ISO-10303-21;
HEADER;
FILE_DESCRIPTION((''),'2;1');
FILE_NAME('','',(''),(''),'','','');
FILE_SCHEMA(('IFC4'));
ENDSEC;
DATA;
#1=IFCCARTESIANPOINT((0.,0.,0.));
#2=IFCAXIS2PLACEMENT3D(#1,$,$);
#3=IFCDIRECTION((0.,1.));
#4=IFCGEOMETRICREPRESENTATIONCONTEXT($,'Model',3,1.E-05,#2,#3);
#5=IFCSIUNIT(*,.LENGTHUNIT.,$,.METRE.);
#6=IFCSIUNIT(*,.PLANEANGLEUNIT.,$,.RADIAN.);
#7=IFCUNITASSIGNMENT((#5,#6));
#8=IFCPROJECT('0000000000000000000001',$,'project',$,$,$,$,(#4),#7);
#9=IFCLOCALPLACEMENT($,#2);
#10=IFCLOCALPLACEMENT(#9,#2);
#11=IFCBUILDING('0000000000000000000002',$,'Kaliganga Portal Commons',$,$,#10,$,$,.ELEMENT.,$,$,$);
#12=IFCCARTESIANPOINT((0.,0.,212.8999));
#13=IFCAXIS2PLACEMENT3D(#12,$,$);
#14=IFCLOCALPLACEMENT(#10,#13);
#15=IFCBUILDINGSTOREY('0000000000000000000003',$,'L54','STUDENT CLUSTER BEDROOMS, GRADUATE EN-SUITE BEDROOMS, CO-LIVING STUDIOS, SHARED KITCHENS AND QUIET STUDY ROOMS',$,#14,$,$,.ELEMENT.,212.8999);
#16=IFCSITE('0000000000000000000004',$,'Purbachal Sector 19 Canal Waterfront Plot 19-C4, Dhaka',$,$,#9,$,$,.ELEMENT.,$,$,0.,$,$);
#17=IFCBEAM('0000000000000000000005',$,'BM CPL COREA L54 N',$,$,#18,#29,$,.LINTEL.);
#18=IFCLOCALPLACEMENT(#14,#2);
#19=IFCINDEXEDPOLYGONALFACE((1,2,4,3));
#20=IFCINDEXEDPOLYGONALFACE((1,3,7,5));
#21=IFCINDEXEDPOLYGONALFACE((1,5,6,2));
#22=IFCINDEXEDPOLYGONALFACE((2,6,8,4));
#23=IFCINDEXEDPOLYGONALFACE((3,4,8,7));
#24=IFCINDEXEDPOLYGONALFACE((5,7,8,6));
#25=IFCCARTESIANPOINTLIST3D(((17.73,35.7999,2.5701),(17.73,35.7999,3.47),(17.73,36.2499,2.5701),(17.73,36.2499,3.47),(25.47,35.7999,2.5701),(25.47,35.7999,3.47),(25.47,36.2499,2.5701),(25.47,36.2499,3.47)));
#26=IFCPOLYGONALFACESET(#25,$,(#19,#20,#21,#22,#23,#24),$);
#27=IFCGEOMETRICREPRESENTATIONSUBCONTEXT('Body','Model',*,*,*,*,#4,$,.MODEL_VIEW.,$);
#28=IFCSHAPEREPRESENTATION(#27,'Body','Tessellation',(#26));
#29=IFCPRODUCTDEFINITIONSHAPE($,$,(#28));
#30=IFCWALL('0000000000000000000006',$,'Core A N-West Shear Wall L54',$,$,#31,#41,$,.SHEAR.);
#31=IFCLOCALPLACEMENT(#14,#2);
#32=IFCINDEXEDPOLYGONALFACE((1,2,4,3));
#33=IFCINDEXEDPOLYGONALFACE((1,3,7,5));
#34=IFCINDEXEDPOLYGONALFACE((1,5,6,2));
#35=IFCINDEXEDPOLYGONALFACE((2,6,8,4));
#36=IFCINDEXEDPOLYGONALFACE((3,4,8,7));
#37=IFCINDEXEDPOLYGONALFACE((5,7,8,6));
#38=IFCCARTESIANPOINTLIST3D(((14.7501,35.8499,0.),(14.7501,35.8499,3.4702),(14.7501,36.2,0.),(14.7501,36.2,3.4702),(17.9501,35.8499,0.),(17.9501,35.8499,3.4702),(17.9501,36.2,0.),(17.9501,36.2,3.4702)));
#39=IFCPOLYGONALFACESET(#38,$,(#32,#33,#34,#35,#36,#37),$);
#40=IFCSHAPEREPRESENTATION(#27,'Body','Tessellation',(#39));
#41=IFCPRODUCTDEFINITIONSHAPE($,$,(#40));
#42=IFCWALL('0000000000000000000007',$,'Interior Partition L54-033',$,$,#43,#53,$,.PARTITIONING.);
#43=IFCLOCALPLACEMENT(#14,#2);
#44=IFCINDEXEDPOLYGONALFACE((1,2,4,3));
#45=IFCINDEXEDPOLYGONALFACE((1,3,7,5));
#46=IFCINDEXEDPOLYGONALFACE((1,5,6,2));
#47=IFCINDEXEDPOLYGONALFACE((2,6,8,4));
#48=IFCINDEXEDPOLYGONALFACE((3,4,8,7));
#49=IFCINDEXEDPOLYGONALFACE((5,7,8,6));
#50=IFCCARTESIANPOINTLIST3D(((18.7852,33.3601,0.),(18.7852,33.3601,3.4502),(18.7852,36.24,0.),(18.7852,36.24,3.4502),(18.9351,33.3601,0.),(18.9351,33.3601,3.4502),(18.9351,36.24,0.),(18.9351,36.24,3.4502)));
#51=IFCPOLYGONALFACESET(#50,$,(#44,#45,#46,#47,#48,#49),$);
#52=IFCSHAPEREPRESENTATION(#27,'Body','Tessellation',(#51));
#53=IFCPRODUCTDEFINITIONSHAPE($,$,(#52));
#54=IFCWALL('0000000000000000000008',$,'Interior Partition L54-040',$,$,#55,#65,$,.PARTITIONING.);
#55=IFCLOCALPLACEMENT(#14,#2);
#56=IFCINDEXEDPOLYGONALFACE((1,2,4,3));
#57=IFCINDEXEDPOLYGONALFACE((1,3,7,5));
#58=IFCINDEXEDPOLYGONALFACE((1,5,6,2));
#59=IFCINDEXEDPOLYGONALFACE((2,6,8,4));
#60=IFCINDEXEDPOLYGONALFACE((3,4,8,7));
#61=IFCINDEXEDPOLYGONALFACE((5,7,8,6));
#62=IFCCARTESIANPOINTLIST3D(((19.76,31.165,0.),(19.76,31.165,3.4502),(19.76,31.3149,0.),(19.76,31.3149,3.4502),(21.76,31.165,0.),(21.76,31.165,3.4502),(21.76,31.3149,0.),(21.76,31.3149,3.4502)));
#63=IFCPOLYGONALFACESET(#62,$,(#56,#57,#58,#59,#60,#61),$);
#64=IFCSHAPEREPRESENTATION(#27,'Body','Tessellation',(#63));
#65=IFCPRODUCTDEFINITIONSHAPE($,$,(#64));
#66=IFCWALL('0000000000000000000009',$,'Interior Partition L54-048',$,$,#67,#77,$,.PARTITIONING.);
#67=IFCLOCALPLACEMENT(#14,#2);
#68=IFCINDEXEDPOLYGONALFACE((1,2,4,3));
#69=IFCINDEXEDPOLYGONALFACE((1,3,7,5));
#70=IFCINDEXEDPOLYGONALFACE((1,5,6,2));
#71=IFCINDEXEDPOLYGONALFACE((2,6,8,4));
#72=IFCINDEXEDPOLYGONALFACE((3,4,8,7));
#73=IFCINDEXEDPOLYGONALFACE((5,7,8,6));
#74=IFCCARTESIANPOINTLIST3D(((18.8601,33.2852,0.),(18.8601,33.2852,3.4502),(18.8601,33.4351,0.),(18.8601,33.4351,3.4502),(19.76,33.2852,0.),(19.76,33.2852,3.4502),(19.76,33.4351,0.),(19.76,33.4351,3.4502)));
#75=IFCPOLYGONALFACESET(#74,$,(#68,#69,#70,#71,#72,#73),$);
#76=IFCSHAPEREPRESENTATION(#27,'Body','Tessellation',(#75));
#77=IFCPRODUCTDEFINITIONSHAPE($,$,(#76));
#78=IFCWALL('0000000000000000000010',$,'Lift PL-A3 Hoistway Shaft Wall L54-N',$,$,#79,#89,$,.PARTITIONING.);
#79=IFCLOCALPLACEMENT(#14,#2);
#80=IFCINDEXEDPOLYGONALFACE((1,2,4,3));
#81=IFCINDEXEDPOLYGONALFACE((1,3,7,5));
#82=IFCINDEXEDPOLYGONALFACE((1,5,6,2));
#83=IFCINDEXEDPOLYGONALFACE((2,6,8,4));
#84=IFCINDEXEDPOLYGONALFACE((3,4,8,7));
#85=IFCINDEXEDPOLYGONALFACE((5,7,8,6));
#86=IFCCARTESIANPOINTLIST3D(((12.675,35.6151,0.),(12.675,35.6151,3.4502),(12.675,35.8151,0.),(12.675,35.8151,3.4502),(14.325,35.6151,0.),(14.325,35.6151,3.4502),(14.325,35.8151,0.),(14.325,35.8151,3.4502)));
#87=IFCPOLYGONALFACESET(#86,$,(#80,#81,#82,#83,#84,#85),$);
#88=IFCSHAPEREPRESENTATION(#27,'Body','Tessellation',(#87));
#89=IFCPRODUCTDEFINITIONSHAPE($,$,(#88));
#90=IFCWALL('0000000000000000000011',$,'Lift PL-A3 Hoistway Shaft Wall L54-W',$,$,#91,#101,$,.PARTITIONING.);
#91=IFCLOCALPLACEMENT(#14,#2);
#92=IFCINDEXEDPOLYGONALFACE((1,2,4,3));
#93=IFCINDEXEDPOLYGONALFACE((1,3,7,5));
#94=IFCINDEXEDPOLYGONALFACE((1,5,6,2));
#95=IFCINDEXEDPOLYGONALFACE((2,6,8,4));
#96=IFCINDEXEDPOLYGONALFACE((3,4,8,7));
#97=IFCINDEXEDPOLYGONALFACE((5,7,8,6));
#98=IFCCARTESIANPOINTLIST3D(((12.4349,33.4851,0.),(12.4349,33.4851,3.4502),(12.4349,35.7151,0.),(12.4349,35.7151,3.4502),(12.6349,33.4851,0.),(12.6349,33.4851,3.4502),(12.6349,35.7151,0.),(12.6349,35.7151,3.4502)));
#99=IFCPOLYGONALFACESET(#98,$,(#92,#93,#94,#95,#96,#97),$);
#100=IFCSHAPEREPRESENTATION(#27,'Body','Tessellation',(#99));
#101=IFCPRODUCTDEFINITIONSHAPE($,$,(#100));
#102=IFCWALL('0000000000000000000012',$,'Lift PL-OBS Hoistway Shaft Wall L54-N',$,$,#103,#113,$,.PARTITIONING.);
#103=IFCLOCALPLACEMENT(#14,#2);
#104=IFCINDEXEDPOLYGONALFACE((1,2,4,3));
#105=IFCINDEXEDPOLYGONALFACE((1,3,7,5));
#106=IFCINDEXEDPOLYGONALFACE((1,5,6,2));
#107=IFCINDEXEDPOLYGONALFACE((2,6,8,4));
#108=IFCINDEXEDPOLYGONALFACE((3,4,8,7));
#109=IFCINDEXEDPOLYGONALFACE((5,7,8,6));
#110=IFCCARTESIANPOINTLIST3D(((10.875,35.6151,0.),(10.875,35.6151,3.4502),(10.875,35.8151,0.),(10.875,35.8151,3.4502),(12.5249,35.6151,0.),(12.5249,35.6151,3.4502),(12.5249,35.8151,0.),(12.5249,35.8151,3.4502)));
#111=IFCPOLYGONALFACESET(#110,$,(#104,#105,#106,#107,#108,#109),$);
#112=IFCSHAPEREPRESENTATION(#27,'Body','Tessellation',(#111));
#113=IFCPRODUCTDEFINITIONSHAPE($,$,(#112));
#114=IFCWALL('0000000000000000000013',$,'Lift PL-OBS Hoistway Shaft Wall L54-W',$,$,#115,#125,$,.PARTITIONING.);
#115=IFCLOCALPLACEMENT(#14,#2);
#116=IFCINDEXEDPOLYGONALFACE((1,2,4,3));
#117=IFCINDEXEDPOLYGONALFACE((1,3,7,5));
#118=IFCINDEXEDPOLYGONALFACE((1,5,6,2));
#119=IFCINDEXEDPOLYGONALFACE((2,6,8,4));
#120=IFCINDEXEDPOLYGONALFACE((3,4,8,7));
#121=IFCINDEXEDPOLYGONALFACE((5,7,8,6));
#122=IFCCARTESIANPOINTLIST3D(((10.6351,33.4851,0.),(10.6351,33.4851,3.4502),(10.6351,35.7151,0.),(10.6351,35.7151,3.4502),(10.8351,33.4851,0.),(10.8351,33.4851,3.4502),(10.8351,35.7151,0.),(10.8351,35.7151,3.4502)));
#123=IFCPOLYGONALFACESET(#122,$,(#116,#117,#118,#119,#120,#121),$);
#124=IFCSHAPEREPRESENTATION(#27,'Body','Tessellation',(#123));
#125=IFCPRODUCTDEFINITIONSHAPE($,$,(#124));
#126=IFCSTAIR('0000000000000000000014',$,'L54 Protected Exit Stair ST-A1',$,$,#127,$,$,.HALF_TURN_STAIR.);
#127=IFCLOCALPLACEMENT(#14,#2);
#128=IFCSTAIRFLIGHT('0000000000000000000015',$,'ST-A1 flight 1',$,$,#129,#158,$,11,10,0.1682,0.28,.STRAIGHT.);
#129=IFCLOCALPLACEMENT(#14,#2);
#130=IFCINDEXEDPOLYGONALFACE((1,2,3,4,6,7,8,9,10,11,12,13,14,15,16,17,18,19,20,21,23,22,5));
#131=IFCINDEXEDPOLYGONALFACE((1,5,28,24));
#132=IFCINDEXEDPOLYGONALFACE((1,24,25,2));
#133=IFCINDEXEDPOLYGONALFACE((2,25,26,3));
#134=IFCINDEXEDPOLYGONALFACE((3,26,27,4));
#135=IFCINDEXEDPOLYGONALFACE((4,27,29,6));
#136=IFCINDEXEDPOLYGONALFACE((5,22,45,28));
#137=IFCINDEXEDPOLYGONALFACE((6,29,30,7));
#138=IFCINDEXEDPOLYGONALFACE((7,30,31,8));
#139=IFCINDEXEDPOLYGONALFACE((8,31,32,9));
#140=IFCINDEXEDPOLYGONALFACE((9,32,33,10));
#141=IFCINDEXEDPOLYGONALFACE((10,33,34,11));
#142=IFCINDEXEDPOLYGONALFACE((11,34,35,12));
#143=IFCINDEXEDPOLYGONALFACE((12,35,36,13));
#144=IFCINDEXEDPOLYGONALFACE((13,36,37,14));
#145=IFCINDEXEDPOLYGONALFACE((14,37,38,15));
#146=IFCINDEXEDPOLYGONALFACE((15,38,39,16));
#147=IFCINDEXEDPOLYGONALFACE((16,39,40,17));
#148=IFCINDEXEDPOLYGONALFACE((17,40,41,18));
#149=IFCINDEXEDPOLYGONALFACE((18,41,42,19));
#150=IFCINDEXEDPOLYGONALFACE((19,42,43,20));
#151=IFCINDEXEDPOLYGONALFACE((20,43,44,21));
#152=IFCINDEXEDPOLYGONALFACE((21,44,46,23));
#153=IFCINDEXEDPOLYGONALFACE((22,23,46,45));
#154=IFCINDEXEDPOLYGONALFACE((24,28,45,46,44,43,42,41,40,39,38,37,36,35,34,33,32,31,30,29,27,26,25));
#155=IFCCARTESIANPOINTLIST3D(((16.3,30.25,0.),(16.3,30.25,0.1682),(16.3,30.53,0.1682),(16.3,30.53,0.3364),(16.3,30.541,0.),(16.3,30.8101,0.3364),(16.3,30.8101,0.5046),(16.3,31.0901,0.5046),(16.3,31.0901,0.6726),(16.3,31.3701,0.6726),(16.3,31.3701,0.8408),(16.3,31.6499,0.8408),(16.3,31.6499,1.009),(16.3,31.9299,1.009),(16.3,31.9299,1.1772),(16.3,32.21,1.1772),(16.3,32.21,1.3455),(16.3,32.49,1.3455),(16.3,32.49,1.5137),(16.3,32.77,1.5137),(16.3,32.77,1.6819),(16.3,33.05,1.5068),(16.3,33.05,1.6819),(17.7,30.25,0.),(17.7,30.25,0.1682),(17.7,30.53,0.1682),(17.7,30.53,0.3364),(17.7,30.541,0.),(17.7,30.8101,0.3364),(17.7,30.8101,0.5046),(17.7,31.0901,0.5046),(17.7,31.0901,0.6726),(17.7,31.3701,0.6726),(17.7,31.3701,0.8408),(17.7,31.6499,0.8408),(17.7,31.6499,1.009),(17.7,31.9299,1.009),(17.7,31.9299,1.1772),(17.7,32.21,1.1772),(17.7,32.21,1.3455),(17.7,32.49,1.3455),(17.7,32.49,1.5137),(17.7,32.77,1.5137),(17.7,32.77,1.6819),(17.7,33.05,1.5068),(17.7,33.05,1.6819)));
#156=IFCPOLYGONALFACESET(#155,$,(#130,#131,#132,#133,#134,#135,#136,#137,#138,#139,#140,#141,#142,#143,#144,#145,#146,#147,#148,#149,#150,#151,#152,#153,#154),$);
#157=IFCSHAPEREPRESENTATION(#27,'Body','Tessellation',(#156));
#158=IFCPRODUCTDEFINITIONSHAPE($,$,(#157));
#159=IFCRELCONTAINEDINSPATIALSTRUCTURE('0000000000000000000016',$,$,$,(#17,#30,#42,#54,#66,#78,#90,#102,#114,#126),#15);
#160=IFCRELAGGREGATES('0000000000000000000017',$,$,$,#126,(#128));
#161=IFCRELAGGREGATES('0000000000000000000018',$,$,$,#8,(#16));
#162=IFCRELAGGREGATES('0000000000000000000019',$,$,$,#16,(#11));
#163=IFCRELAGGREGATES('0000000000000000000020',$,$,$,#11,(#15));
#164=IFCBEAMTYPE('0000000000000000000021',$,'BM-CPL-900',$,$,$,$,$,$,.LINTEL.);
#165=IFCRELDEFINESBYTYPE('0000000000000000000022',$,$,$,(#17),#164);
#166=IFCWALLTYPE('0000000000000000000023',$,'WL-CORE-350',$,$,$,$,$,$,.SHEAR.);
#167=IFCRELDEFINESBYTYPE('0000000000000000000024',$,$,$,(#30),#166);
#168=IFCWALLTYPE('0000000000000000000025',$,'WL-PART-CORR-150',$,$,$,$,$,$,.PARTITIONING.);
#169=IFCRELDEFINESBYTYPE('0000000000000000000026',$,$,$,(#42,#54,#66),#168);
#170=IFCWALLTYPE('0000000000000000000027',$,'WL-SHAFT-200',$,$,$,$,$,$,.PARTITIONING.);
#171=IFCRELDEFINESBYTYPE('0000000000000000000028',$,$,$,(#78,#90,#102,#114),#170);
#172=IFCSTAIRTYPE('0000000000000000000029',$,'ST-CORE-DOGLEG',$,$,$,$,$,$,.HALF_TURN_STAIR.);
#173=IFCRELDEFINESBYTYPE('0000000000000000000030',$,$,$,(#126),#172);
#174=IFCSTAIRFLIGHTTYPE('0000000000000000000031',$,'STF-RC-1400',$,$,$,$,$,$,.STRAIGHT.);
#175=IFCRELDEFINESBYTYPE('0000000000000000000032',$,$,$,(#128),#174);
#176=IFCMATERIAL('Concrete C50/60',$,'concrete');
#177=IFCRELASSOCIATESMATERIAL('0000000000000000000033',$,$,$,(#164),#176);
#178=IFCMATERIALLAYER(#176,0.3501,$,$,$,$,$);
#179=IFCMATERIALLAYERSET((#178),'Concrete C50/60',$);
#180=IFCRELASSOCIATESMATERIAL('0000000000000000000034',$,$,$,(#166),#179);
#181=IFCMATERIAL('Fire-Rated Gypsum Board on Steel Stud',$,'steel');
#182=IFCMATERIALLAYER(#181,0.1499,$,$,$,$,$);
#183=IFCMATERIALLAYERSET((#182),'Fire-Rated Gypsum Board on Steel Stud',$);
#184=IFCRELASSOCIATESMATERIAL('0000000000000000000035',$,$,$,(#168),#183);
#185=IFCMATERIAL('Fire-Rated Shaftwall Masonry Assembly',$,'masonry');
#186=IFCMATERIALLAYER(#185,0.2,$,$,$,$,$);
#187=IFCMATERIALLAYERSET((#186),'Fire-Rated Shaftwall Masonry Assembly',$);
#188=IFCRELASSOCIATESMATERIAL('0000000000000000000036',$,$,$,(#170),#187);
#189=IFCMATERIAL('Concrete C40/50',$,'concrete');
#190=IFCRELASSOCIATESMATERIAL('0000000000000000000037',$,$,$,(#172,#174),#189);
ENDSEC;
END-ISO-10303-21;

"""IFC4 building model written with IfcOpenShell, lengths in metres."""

from ifc_helpers import new_model, si_unit, direction, frame, frame_2d, origin, origin_2d, place, context, subcontext, project, spatial, polyline, rectangle, outline, extrude, source, transform, mapped, material, layer, layer_set, material_profile, profile_set, type_object, element, aggregate, save


model = new_model("IFC4")

# Units and contexts
model_context = context("Model", 3, precision=1e-05, world=origin(), true_north=direction((0.0, 1.0)))
body_context = subcontext(model_context, "Body", "Model", "MODEL_VIEW")
ifc_project = project(units=[si_unit("LENGTHUNIT", "METRE"), si_unit("PLANEANGLEUNIT", "RADIAN")], contexts=[model_context])

# Site, building, storey
site_placement = place(None, origin())
site = spatial("IfcSite", under=ifc_project, at=site_placement, Name="Purbachal Sector 19 Canal Waterfront Plot 19-C4, Dhaka", CompositionType="ELEMENT", RefElevation=0.0)
building_placement = place(site_placement, origin())
building = spatial("IfcBuilding", under=site, at=building_placement, Name="Kaliganga Portal Commons", CompositionType="ELEMENT")
storey_placement = place(building_placement, frame((0.0, 0.0, 212.8999)))
storey = spatial("IfcBuildingStorey", under=building, at=storey_placement, Name="L54", Description="STUDENT CLUSTER BEDROOMS, GRADUATE EN-SUITE BEDROOMS, CO-LIVING STUDIOS, SHARED KITCHENS AND QUIET STUDY ROOMS", CompositionType="ELEMENT", Elevation=212.8999)

# Beam
ifc_material_1 = material(Name="Concrete C50/60", Category="concrete")
ifc_material_profile = material_profile(ifc_material_1, rectangle(XDim=0.45, YDim=0.8999, at=origin_2d()), Name="RC 450x900")
ifc_profile_set = profile_set([ifc_material_profile], Name="Concrete C50/60")
beam_type = type_object("IfcBeamType", Name="BM-CPL-900", PredefinedType="LINTEL", material=ifc_profile_set)
shared_shape = source(origin(), body_context, "Body", "SweptSolid", [
    extrude(rectangle(XDim=0.45, YDim=0.8999, at=origin_2d()), origin(), (0.0, 0.0, 1.0), 7.74),
])
beam_placement = place(storey_placement, frame((17.73, 36.0249, 3.02), z_axis=(1.0, 0.0, 0.0), x_axis=(0.0, 1.0, 0.0)))
element("IfcBeam", 1, at=beam_placement, inside=storey, type_object=beam_type, Name="BM CPL COREA L54 N", PredefinedType="LINTEL", context=body_context, shape_type="MappedRepresentation", body=[
    mapped(shared_shape, transform((0.0, 0.0, 0.0), x_axis=(1.0, 0.0, 0.0), y_axis=(0.0, 1.0, 0.0), z_axis=(0.0, 0.0, 1.0), scale=1.0)),
])

# Walls
ifc_layer_1 = layer(ifc_material_1, 0.3501)
ifc_layer_set_1 = layer_set([ifc_layer_1], Name="Concrete C50/60")
wall_type_1 = type_object("IfcWallType", Name="WL-CORE-350", PredefinedType="SHEAR", material=ifc_layer_set_1)
wall_1_placement = place(storey_placement, frame((14.75, 36.0249, 0.0), z_axis=(0.0, 0.0, 1.0), x_axis=(1.0, 0.0, 0.0)))
element("IfcWall", 2, at=wall_1_placement, inside=storey, type_object=wall_type_1, Name="Core A N-West Shear Wall L54", PredefinedType="SHEAR", context=body_context, shape_type="SweptSolid", body=[
    extrude(rectangle(XDim=3.2, YDim=0.3501, at=frame_2d((1.6001, 0.0))), origin(), (0.0, 0.0, 1.0), 3.4702),
])
ifc_material_2 = material(Name="Fire-Rated Gypsum Board on Steel Stud", Category="steel")
ifc_layer_2 = layer(ifc_material_2, 0.1499)
ifc_layer_set_2 = layer_set([ifc_layer_2], Name="Fire-Rated Gypsum Board on Steel Stud")
wall_type_2 = type_object("IfcWallType", Name="WL-PART-CORR-150", PredefinedType="PARTITIONING", material=ifc_layer_set_2)
wall_2_placement = place(storey_placement, frame((18.8601, 33.3601, 0.0), z_axis=(0.0, 0.0, 1.0), x_axis=(0.0, 1.0, 0.0)))
element("IfcWall", 3, at=wall_2_placement, inside=storey, type_object=wall_type_2, Name="Interior Partition L54-033", PredefinedType="PARTITIONING", context=body_context, shape_type="SweptSolid", body=[
    extrude(rectangle(XDim=2.8799, YDim=0.1499, at=frame_2d((1.4399, 0.0))), origin(), (0.0, 0.0, 1.0), 3.4502),
])
wall_3_placement = place(storey_placement, frame((19.76, 31.24, 0.0), z_axis=(0.0, 0.0, 1.0), x_axis=(1.0, 0.0, 0.0)))
element("IfcWall", 4, at=wall_3_placement, inside=storey, type_object=wall_type_2, Name="Interior Partition L54-040", PredefinedType="PARTITIONING", context=body_context, shape_type="SweptSolid", body=[
    extrude(rectangle(XDim=2.0, YDim=0.1499, at=frame_2d((1.0, 0.0))), origin(), (0.0, 0.0, 1.0), 3.4502),
])
wall_4_placement = place(storey_placement, frame((18.8601, 33.3601, 0.0), z_axis=(0.0, 0.0, 1.0), x_axis=(1.0, 0.0, 0.0)))
element("IfcWall", 5, at=wall_4_placement, inside=storey, type_object=wall_type_2, Name="Interior Partition L54-048", PredefinedType="PARTITIONING", context=body_context, shape_type="SweptSolid", body=[
    extrude(rectangle(XDim=0.8999, YDim=0.1499, at=frame_2d((0.45, 0.0))), origin(), (0.0, 0.0, 1.0), 3.4502),
])

# Shared definitions
ifc_material_3 = material(Name="Fire-Rated Shaftwall Masonry Assembly", Category="masonry")
ifc_layer_3 = layer(ifc_material_3, 0.2)
ifc_layer_set_3 = layer_set([ifc_layer_3], Name="Fire-Rated Shaftwall Masonry Assembly")
wall_type_3 = type_object("IfcWallType", Name="WL-SHAFT-200", PredefinedType="PARTITIONING", material=ifc_layer_set_3)

# Walls
wall_5_placement = place(storey_placement, frame((12.675, 35.7151, 0.0), z_axis=(0.0, 0.0, 1.0), x_axis=(1.0, 0.0, 0.0)))
element("IfcWall", 6, at=wall_5_placement, inside=storey, type_object=wall_type_3, Name="Lift PL-A3 Hoistway Shaft Wall L54-N", PredefinedType="PARTITIONING", context=body_context, shape_type="SweptSolid", body=[
    extrude(rectangle(XDim=1.6499, YDim=0.2, at=frame_2d((0.825, 0.0))), origin(), (0.0, 0.0, 1.0), 3.4502),
])
wall_6_placement = place(storey_placement, frame((12.5349, 33.4851, 0.0), z_axis=(0.0, 0.0, 1.0), x_axis=(0.0, 1.0, 0.0)))
element("IfcWall", 7, at=wall_6_placement, inside=storey, type_object=wall_type_3, Name="Lift PL-A3 Hoistway Shaft Wall L54-W", PredefinedType="PARTITIONING", context=body_context, shape_type="SweptSolid", body=[
    extrude(rectangle(XDim=2.23, YDim=0.2, at=frame_2d((1.115, 0.0))), origin(), (0.0, 0.0, 1.0), 3.4502),
])

# Walls
wall_7_placement = place(storey_placement, frame((10.875, 35.7151, 0.0), z_axis=(0.0, 0.0, 1.0), x_axis=(1.0, 0.0, 0.0)))
element("IfcWall", 8, at=wall_7_placement, inside=storey, type_object=wall_type_3, Name="Lift PL-OBS Hoistway Shaft Wall L54-N", PredefinedType="PARTITIONING", context=body_context, shape_type="SweptSolid", body=[
    extrude(rectangle(XDim=1.6499, YDim=0.2, at=frame_2d((0.825, 0.0))), origin(), (0.0, 0.0, 1.0), 3.4502),
])
wall_8_placement = place(storey_placement, frame((10.7351, 33.4851, 0.0), z_axis=(0.0, 0.0, 1.0), x_axis=(0.0, 1.0, 0.0)))
element("IfcWall", 9, at=wall_8_placement, inside=storey, type_object=wall_type_3, Name="Lift PL-OBS Hoistway Shaft Wall L54-W", PredefinedType="PARTITIONING", context=body_context, shape_type="SweptSolid", body=[
    extrude(rectangle(XDim=2.23, YDim=0.2, at=frame_2d((1.115, 0.0))), origin(), (0.0, 0.0, 1.0), 3.4502),
])

# Stair, stair flight
ifc_material_4 = material(Name="Concrete C40/50", Category="concrete")
stair_type = type_object("IfcStairType", Name="ST-CORE-DOGLEG", PredefinedType="HALF_TURN_STAIR", material=ifc_material_4)
stair_placement = place(storey_placement, origin())
stair = element("IfcStair", 10, at=stair_placement, inside=storey, type_object=stair_type, Name="L54 Protected Exit Stair ST-A1", PredefinedType="HALF_TURN_STAIR")
stair_flight_type = type_object("IfcStairFlightType", Name="STF-RC-1400", PredefinedType="STRAIGHT", material=ifc_material_4)
stair_flight_1_placement = place(storey_placement, frame((17.0, 30.25, 0.0), z_axis=(0.0, 0.0, 1.0), x_axis=(0.0, 1.0, 0.0)))
stair_flight_1 = element("IfcStairFlight", 11, at=stair_flight_1_placement, type_object=stair_flight_type, Name="ST-A1 flight 1", NumberOfRisers=11, NumberOfTreads=10, PredefinedType="STRAIGHT", RiserHeight=0.1682, TreadLength=0.28, context=body_context, shape_type="SweptSolid", body=[
    extrude(outline(polyline([(0.0, 0.0), (0.0, 0.1682), (0.28, 0.1682), (0.28, 0.3364), (0.5601, 0.3364), (0.5601, 0.5046), (0.8401, 0.5046), (0.8401, 0.6726), (1.1201, 0.6726), (1.1201, 0.8408), (1.3999, 0.8408), (1.3999, 1.009), (1.6799, 1.009), (1.6799, 1.1772), (1.96, 1.1772), (1.96, 1.3455), (2.24, 1.3455), (2.24, 1.5137), (2.52, 1.5137), (2.52, 1.6819), (2.8, 1.6819), (2.8, 1.8501), (2.8, 1.5068), (0.291, 0.0), (0.0, 0.0)])), frame((0.0, 0.7, 0.0), z_axis=(0.0, -1.0, 0.0), x_axis=(1.0, 0.0, 0.0)), (0.0, 0.0, 1.0), 1.3999),
])
aggregate(stair, [stair_flight_1])

save(model, "model.ifc")
